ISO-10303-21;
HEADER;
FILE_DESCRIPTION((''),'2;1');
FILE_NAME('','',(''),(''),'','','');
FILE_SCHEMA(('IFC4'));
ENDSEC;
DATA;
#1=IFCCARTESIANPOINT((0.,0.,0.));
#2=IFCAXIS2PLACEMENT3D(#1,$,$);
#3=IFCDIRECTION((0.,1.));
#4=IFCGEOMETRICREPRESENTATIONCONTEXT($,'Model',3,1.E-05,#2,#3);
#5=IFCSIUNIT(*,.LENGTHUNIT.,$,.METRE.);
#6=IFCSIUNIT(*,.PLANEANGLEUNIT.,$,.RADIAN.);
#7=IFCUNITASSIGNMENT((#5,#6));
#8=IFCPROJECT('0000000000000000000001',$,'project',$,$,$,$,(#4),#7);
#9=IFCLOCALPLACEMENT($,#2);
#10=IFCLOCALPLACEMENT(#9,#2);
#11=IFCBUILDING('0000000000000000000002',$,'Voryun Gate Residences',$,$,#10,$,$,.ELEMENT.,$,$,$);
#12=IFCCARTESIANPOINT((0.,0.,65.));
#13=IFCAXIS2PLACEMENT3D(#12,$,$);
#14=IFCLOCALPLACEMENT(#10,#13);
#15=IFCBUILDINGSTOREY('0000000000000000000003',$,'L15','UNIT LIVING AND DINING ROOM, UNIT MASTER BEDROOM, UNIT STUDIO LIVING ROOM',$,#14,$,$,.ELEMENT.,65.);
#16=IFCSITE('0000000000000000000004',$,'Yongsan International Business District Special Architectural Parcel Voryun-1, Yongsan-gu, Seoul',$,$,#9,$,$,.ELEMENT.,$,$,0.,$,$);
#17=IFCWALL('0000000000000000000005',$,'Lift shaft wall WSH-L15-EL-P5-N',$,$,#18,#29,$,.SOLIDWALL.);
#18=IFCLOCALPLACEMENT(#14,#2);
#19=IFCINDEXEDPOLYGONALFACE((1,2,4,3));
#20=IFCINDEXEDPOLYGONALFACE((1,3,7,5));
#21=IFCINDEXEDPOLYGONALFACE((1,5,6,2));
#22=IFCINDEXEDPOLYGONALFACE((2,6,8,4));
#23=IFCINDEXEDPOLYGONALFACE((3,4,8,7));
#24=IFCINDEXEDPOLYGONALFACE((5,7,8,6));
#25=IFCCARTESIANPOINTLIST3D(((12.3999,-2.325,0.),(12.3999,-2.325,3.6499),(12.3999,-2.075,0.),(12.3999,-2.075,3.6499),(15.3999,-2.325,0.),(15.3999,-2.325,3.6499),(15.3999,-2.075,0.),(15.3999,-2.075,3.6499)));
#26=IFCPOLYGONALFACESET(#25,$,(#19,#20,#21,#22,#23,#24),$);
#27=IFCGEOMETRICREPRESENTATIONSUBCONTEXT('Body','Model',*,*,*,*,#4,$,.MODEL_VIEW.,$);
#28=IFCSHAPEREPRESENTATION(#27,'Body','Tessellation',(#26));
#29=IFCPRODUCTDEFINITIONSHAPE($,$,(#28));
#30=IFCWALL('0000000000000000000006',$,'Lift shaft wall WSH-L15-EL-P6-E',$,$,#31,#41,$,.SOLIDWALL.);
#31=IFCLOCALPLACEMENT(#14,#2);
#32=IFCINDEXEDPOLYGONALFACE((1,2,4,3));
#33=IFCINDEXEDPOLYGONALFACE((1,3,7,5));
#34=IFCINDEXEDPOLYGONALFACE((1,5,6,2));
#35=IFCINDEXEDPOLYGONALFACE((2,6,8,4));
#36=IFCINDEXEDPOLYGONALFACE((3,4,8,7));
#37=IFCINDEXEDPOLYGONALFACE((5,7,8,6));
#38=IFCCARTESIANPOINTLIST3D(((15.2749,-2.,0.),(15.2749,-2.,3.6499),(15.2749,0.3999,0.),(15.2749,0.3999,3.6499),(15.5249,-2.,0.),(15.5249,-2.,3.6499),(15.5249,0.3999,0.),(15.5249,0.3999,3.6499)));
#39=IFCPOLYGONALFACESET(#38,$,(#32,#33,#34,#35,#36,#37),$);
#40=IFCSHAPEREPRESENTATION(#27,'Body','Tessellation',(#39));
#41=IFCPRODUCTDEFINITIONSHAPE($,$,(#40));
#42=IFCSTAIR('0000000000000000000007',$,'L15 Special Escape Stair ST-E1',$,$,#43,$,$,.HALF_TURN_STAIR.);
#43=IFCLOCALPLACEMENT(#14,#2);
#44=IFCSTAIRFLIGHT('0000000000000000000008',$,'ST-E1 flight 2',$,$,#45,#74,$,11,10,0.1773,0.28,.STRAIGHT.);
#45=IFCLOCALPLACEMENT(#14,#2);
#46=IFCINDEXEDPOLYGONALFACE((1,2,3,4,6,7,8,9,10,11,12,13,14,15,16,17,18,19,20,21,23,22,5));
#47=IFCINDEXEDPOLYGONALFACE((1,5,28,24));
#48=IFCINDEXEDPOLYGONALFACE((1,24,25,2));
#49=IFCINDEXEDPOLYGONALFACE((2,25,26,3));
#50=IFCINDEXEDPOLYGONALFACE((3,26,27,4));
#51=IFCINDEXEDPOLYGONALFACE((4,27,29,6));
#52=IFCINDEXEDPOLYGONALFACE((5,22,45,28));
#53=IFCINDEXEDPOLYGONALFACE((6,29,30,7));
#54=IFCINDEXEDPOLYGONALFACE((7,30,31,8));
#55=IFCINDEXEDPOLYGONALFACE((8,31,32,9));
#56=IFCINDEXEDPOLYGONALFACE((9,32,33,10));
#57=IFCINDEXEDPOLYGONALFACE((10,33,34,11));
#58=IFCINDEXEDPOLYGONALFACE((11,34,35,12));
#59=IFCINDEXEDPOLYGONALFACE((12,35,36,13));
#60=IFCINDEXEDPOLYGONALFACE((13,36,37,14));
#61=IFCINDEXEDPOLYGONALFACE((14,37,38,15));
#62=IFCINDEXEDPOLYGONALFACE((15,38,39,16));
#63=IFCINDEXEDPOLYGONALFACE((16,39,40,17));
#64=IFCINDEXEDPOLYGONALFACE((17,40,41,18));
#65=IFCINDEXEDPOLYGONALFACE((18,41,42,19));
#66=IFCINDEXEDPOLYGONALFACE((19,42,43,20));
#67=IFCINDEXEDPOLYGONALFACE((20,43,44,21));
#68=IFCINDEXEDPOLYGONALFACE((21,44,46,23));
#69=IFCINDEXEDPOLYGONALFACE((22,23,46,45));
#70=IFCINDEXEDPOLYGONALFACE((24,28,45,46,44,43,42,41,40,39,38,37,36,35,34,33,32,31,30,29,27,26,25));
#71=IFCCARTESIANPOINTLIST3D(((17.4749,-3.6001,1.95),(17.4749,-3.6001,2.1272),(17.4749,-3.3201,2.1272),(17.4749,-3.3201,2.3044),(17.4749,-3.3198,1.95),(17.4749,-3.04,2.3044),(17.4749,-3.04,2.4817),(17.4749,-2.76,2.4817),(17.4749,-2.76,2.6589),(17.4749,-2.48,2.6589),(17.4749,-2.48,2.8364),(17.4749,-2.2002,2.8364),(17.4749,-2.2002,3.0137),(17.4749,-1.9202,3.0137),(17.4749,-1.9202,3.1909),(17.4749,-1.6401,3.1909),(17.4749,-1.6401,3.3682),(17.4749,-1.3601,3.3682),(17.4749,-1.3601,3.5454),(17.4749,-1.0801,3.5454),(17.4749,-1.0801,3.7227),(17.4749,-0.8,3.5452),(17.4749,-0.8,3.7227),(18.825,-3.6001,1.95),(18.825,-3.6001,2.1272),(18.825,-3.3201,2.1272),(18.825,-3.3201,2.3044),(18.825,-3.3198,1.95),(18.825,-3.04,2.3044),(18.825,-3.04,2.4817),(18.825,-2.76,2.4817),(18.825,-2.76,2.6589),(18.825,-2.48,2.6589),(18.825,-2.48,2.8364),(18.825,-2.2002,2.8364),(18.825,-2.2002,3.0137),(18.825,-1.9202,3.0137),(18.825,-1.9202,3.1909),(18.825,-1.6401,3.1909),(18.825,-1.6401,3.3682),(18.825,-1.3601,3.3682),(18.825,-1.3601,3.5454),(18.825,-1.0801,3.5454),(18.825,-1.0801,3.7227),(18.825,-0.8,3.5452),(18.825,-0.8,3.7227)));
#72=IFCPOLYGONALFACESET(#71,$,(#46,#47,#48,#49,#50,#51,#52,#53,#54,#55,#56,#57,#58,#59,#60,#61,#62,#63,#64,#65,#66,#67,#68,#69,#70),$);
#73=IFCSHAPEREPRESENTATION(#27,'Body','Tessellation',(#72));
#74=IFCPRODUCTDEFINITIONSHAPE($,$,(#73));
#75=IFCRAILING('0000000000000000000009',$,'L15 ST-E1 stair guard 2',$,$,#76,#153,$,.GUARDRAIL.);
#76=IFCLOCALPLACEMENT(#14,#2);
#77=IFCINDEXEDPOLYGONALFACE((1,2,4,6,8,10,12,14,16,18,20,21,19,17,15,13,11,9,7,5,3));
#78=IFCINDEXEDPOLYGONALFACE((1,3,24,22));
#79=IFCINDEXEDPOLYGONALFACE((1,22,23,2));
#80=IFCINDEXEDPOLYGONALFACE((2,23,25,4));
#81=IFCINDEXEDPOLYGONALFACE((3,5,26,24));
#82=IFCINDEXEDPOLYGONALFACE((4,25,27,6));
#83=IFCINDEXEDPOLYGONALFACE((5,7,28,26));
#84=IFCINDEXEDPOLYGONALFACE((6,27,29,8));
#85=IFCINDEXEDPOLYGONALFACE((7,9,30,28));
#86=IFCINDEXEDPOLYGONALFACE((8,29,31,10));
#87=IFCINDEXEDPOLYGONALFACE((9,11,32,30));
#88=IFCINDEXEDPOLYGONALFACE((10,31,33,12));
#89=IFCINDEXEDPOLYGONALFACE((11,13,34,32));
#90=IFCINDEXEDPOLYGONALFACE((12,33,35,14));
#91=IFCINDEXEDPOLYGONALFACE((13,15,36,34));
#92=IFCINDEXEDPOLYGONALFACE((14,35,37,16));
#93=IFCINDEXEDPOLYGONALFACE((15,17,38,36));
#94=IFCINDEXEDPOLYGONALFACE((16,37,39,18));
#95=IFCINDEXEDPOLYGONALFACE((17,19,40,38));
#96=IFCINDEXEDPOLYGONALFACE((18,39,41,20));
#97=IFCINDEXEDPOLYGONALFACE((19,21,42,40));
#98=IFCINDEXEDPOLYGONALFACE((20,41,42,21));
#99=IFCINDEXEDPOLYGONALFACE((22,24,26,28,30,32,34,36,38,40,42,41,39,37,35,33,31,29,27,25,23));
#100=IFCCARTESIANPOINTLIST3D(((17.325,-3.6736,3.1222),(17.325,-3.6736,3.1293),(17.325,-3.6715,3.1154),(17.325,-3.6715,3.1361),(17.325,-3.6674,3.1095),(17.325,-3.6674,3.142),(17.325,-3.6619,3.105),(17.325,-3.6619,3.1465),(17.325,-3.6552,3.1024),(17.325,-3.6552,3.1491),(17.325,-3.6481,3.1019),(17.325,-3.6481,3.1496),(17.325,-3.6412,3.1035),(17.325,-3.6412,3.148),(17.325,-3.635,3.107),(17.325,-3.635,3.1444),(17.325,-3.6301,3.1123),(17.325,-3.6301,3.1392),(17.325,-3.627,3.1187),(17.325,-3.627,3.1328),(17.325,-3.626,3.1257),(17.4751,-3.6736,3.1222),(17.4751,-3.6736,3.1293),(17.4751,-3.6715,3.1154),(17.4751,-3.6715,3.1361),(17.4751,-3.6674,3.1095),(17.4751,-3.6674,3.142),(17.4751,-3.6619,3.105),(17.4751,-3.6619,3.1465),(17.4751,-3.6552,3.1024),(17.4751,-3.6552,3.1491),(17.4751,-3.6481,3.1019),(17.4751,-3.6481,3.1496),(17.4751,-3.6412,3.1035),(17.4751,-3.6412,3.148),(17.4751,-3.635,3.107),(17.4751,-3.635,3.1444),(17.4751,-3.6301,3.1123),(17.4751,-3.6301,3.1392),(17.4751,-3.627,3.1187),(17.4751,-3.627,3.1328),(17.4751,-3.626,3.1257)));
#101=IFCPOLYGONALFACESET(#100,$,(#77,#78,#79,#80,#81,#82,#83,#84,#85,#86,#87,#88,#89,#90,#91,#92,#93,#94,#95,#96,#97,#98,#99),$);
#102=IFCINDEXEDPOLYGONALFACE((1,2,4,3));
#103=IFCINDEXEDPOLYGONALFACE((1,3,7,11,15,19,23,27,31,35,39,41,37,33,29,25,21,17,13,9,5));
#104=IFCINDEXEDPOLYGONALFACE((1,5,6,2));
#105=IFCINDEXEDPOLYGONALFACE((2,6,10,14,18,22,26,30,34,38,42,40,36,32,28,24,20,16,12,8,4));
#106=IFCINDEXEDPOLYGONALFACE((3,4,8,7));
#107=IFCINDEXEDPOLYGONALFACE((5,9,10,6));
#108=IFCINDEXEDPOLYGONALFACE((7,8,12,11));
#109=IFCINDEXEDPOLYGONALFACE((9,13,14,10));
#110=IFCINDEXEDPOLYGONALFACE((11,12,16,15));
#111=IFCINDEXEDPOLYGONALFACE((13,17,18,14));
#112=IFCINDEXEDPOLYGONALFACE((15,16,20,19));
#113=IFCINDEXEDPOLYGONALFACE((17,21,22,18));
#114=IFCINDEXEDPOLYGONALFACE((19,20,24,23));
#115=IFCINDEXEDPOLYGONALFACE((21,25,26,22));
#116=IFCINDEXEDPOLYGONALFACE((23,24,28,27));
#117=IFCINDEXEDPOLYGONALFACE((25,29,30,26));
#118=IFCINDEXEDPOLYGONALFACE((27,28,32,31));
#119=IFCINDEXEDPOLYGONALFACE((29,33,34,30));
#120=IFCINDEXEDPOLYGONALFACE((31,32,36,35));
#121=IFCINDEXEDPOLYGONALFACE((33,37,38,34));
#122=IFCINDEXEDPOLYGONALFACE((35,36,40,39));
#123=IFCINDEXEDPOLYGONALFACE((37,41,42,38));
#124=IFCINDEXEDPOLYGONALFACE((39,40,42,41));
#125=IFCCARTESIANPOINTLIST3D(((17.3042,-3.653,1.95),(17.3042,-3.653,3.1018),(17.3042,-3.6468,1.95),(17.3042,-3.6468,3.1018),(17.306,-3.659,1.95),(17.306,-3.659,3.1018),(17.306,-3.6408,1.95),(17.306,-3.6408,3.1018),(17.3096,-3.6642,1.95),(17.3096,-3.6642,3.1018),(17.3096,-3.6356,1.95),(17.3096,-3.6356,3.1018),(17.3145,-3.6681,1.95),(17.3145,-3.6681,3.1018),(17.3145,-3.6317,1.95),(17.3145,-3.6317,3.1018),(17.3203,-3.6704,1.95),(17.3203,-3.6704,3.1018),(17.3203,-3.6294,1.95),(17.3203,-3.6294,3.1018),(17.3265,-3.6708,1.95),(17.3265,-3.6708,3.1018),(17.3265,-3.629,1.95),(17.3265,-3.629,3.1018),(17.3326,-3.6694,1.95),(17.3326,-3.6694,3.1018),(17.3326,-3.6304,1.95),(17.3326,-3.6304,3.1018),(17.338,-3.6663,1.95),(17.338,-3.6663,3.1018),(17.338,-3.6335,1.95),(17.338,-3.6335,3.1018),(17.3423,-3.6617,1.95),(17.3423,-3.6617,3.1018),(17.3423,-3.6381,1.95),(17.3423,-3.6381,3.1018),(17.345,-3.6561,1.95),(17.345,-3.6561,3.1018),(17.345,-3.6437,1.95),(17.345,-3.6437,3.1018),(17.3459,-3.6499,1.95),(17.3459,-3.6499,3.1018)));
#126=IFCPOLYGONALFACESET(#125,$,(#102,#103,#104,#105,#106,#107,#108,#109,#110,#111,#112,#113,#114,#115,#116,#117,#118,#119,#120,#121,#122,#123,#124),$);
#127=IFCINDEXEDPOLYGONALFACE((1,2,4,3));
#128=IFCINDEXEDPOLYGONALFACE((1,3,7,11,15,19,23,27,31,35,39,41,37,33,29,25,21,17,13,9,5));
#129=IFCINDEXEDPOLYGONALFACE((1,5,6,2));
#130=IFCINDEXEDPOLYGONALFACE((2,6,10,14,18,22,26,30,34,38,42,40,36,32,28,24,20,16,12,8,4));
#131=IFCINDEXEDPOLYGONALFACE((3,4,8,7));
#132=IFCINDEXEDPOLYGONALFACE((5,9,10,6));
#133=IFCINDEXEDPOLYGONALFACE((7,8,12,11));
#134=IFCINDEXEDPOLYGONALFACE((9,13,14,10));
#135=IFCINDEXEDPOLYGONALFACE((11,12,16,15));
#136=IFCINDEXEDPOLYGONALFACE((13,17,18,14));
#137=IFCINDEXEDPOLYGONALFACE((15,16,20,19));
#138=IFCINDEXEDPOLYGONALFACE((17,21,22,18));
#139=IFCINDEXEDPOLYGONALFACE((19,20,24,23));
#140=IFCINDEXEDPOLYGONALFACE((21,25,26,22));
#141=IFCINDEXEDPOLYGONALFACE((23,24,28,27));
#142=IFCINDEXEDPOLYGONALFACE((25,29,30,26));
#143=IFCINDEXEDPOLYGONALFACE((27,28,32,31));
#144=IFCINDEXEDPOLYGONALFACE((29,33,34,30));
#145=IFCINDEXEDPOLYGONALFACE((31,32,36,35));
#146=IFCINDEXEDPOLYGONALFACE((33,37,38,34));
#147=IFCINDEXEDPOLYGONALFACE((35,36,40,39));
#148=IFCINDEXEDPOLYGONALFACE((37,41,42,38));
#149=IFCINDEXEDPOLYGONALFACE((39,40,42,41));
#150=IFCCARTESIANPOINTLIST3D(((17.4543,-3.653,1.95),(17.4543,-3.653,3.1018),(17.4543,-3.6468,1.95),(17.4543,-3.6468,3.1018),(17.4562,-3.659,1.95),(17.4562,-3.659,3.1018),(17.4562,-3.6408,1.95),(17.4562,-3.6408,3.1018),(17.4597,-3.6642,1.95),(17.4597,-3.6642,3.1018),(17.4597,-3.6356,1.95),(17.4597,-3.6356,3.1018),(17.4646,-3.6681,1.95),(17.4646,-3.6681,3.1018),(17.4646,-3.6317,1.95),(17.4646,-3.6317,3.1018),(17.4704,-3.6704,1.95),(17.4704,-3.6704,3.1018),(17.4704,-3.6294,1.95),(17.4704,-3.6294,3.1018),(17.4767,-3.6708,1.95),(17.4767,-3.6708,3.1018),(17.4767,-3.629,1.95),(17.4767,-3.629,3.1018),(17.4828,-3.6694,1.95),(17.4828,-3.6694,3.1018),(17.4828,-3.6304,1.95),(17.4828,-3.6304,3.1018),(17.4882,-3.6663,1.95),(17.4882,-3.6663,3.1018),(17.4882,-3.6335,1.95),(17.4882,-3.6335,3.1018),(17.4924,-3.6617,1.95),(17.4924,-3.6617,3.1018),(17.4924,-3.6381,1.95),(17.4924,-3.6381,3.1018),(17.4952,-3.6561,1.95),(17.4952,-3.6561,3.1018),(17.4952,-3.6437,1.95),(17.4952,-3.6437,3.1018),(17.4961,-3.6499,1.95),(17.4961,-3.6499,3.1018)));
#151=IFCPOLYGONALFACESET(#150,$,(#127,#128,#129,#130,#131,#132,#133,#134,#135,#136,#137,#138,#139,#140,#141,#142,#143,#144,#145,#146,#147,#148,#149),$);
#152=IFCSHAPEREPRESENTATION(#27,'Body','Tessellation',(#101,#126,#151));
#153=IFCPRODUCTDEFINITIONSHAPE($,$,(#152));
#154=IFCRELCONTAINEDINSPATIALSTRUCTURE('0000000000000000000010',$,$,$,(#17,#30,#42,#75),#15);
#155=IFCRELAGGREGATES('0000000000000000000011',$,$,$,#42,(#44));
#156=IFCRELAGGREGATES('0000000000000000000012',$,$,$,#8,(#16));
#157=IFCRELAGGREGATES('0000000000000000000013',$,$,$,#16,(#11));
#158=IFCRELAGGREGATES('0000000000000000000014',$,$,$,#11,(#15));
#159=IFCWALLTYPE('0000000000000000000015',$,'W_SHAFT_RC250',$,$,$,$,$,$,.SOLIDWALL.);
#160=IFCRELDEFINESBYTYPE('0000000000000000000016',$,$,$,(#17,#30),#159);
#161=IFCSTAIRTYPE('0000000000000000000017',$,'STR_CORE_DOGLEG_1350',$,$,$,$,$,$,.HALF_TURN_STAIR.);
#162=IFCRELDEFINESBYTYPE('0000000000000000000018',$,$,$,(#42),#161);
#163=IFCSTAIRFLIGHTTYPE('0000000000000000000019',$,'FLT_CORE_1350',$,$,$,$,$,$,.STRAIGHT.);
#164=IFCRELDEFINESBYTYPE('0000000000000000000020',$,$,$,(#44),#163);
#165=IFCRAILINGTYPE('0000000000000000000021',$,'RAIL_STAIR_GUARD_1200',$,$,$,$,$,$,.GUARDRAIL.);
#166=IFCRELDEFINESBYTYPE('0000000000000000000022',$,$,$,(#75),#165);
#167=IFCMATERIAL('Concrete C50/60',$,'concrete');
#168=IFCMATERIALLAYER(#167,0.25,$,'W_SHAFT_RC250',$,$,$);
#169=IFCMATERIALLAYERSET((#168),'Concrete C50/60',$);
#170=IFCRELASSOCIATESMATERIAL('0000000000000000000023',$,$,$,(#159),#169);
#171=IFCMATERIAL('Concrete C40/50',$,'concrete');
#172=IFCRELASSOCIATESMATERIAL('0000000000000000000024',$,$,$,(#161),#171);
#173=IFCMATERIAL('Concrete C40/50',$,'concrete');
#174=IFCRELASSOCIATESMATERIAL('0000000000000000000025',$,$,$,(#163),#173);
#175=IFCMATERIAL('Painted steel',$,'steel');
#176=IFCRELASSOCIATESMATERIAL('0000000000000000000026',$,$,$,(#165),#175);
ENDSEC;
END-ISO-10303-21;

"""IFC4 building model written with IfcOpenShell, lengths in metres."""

from ifc_helpers import new_model, si_unit, direction, frame, frame_2d, origin, origin_2d, place, context, subcontext, project, spatial, polyline, rectangle, circle, outline, extrude, material, layer, layer_set, type_object, element, aggregate, save


model = new_model("IFC4")

# Units and contexts
model_context = context("Model", 3, precision=1e-05, world=origin(), true_north=direction((0.0, 1.0)))
body_context = subcontext(model_context, "Body", "Model", "MODEL_VIEW")
ifc_project = project(units=[si_unit("LENGTHUNIT", "METRE"), si_unit("PLANEANGLEUNIT", "RADIAN")], contexts=[model_context])

# Site, building, storey
site_placement = place(None, origin())
site = spatial("IfcSite", under=ifc_project, at=site_placement, Name="Yongsan International Business District Special Architectural Parcel Voryun-1, Yongsan-gu, Seoul", CompositionType="ELEMENT", RefElevation=0.0)
building_placement = place(site_placement, origin())
building = spatial("IfcBuilding", under=site, at=building_placement, Name="Voryun Gate Residences", CompositionType="ELEMENT")
storey_placement = place(building_placement, frame((0.0, 0.0, 65.0)))
storey = spatial("IfcBuildingStorey", under=building, at=storey_placement, Name="L15", Description="UNIT LIVING AND DINING ROOM, UNIT MASTER BEDROOM, UNIT STUDIO LIVING ROOM", CompositionType="ELEMENT", Elevation=65.0)

# Walls
ifc_material_1 = material(Name="Concrete C50/60", Category="concrete")
ifc_layer_1 = layer(ifc_material_1, 0.25, Name="W_SHAFT_RC250")
ifc_layer_set_1 = layer_set([ifc_layer_1], Name="Concrete C50/60")
wall_type_1 = type_object("IfcWallType", Name="W_SHAFT_RC250", PredefinedType="SOLIDWALL", material=ifc_layer_set_1)
wall_1_placement = place(storey_placement, frame((15.3999, -2.2, 0.0), z_axis=(0.0, 0.0, 1.0), x_axis=(-1.0, 0.0, 0.0)))
element("IfcWall", 1, at=wall_1_placement, inside=storey, type_object=wall_type_1, Name="Lift shaft wall WSH-L15-EL-P5-N", PredefinedType="SOLIDWALL", context=body_context, shape_type="SweptSolid", body=[
    extrude(rectangle(XDim=3.0, YDim=0.25, at=frame_2d((1.5, 0.0))), origin(), (0.0, 0.0, 1.0), 3.6499),
])
wall_2_placement = place(storey_placement, frame((15.3999, -2.0, 0.0), z_axis=(0.0, 0.0, 1.0), x_axis=(0.0, 1.0, 0.0)))
element("IfcWall", 2, at=wall_2_placement, inside=storey, type_object=wall_type_1, Name="Lift shaft wall WSH-L15-EL-P6-E", PredefinedType="SOLIDWALL", context=body_context, shape_type="SweptSolid", body=[
    extrude(rectangle(XDim=2.3999, YDim=0.25, at=frame_2d((1.2, 0.0))), origin(), (0.0, 0.0, 1.0), 3.6499),
])

# Stair, stair flight
ifc_material_2 = material(Name="Concrete C40/50", Category="concrete")
stair_type = type_object("IfcStairType", Name="STR_CORE_DOGLEG_1350", PredefinedType="HALF_TURN_STAIR", material=ifc_material_2)
stair_placement = place(storey_placement, origin())
stair = element("IfcStair", 3, at=stair_placement, inside=storey, type_object=stair_type, Name="L15 Special Escape Stair ST-E1", PredefinedType="HALF_TURN_STAIR")
ifc_material_3 = material(Name="Concrete C40/50", Category="concrete")
stair_flight_type = type_object("IfcStairFlightType", Name="FLT_CORE_1350", PredefinedType="STRAIGHT", material=ifc_material_3)
stair_flight_placement = place(storey_placement, frame((18.1499, -3.6001, 1.95), z_axis=(0.0, 0.0, 1.0), x_axis=(0.0, 1.0, 0.0)))
stair_flight = element("IfcStairFlight", 4, at=stair_flight_placement, type_object=stair_flight_type, Name="ST-E1 flight 2", NumberOfRisers=11, NumberOfTreads=10, PredefinedType="STRAIGHT", RiserHeight=0.1773, TreadLength=0.28, context=body_context, shape_type="SweptSolid", body=[
    extrude(outline(polyline([(0.0, 0.0), (0.0, 0.1772), (0.28, 0.1772), (0.28, 0.3545), (0.5601, 0.3545), (0.5601, 0.5317), (0.8401, 0.5317), (0.8401, 0.709), (1.1201, 0.709), (1.1201, 0.8865), (1.3999, 0.8865), (1.3999, 1.0637), (1.6799, 1.0637), (1.6799, 1.241), (1.96, 1.241), (1.96, 1.4182), (2.24, 1.4182), (2.24, 1.5955), (2.52, 1.5955), (2.52, 1.7727), (2.8, 1.7727), (2.8, 1.95), (2.8, 1.5952), (0.2803, 0.0), (0.0, 0.0)])), frame((0.0, 0.675, 0.0), z_axis=(0.0, -1.0, 0.0), x_axis=(1.0, 0.0, 0.0)), (0.0, 0.0, 1.0), 1.3501),
])
aggregate(stair, [stair_flight])

# Railing
ifc_material_4 = material(Name="Painted steel", Category="steel")
railing_type_1 = type_object("IfcRailingType", Name="RAIL_STAIR_GUARD_1200", PredefinedType="GUARDRAIL", material=ifc_material_4)
railing_1_placement = place(storey_placement, frame((17.325, -3.6499, 1.95)))
element("IfcRailing", 5, at=railing_1_placement, inside=storey, type_object=railing_type_1, Name="L15 ST-E1 stair guard 2", PredefinedType="GUARDRAIL", context=body_context, shape_type="SweptSolid", body=[
    extrude(circle(Radius=0.0239, at=origin_2d()), frame((0.0, 0.0, 1.1758), z_axis=(1.0, 0.0, 0.0), x_axis=(0.0, 1.0, 0.0)), (0.0, 0.0, 1.0), 0.1501),
    extrude(circle(Radius=0.021, at=origin_2d()), origin(), (0.0, 0.0, 1.0), 1.1519),
    extrude(circle(Radius=0.021, at=origin_2d()), frame((0.1501, 0.0, 0.0)), (0.0, 0.0, 1.0), 1.1519),
])

save(model, "model.ifc")
